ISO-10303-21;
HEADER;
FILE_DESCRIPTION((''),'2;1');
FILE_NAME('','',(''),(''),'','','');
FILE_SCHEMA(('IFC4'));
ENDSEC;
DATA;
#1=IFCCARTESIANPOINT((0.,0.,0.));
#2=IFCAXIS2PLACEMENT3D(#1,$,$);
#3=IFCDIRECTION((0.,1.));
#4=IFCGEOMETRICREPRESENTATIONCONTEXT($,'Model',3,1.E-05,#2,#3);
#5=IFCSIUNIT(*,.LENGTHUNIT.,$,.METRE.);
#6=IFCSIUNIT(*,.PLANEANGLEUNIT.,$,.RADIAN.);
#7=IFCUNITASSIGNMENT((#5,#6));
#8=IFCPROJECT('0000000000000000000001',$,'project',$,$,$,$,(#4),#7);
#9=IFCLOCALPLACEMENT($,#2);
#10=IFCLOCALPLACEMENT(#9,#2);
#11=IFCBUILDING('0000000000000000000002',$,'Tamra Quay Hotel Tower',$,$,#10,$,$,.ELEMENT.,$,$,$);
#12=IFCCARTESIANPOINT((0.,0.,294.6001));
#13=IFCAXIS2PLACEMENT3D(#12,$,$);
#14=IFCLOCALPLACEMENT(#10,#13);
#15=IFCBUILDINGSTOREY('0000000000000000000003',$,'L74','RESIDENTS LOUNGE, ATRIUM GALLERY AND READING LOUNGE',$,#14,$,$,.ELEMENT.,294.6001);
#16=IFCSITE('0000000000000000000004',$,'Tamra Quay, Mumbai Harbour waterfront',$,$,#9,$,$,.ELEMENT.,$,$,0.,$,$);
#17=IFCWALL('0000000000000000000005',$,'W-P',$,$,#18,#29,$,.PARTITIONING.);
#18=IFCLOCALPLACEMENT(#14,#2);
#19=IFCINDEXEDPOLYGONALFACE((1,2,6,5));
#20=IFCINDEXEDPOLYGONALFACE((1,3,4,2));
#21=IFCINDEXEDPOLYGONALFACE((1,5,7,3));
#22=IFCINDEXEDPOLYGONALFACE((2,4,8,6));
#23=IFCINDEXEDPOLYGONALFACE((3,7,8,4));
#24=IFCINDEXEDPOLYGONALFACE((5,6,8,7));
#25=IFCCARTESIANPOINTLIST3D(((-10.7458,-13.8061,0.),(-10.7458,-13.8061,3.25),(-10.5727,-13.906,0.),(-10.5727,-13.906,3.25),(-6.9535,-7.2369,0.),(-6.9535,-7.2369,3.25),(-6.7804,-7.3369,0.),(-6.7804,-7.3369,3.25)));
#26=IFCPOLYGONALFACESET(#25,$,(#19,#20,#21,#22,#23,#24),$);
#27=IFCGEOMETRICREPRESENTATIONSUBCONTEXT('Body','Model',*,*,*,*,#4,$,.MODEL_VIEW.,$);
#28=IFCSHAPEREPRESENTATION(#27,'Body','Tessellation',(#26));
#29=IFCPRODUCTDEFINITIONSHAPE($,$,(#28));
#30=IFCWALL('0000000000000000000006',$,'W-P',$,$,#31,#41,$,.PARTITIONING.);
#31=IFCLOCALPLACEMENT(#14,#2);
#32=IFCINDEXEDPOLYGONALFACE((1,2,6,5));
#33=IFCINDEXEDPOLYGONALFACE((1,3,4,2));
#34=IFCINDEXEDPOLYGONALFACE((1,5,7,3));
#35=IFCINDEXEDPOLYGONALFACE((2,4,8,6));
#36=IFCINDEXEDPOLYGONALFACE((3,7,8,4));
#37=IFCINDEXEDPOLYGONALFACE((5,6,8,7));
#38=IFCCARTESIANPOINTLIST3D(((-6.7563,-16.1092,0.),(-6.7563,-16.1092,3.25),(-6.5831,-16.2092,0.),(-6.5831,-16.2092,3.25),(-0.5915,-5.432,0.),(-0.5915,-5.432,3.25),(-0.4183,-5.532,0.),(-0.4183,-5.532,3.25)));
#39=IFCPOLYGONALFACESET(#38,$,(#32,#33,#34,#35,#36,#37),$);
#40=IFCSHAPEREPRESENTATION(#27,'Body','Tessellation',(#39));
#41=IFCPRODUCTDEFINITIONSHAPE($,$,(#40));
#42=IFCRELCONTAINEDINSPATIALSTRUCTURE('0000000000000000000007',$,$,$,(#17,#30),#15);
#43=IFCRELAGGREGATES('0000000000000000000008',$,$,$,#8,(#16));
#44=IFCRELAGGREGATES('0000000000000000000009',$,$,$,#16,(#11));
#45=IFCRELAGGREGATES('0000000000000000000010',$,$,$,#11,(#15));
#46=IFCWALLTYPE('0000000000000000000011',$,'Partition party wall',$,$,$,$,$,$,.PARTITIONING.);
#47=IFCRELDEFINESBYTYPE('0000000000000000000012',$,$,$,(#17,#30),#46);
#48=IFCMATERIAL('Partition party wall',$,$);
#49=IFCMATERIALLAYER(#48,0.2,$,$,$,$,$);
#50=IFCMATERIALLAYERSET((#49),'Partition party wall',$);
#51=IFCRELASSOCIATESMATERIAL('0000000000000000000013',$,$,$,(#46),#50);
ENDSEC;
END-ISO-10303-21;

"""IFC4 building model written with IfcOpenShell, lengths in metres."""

from ifc_helpers import new_model, si_unit, direction, frame, frame_2d, origin, place, context, subcontext, project, spatial, rectangle, extrude, material, layer, layer_set, type_object, element, save


model = new_model("IFC4")

# Units and contexts
model_context = context("Model", 3, precision=1e-05, world=origin(), true_north=direction((0.0, 1.0)))
body_context = subcontext(model_context, "Body", "Model", "MODEL_VIEW")
ifc_project = project(units=[si_unit("LENGTHUNIT", "METRE"), si_unit("PLANEANGLEUNIT", "RADIAN")], contexts=[model_context])

# Site, building, storey
site_placement = place(None, origin())
site = spatial("IfcSite", under=ifc_project, at=site_placement, Name="Tamra Quay, Mumbai Harbour waterfront", CompositionType="ELEMENT", RefElevation=0.0)
building_placement = place(site_placement, origin())
building = spatial("IfcBuilding", under=site, at=building_placement, Name="Tamra Quay Hotel Tower", CompositionType="ELEMENT")
storey_placement = place(building_placement, frame((0.0, 0.0, 294.6001)))
storey = spatial("IfcBuildingStorey", under=building, at=storey_placement, Name="L74", Description="RESIDENTS LOUNGE, ATRIUM GALLERY AND READING LOUNGE", CompositionType="ELEMENT", Elevation=294.6001)

# Walls
ifc_material_1 = material(Name="Partition party wall")
ifc_layer_1 = layer(ifc_material_1, 0.2)
ifc_layer_set_1 = layer_set([ifc_layer_1], Name="Partition party wall")
wall_type_1 = type_object("IfcWallType", Name="Partition party wall", PredefinedType="PARTITIONING", material=ifc_layer_set_1)
wall_1_placement = place(storey_placement, frame((-10.6592, -13.856, 0.0), z_axis=(0.0, 0.0, 1.0), x_axis=(0.499957, 0.86605, 0.0)))
element("IfcWall", 1, at=wall_1_placement, inside=storey, type_object=wall_type_1, Name="W-P", PredefinedType="PARTITIONING", context=body_context, shape_type="SweptSolid", body=[
    extrude(rectangle(XDim=7.5852, YDim=0.2, at=frame_2d((3.7925, 0.0))), origin(), (0.0, 0.0, 1.0), 3.25),
])
wall_2_placement = place(storey_placement, frame((-6.6697, -16.1592, 0.0), z_axis=(0.0, 0.0, 1.0), x_axis=(0.500017, 0.866015, 0.0)))
element("IfcWall", 2, at=wall_2_placement, inside=storey, type_object=wall_type_1, Name="W-P", PredefinedType="PARTITIONING", context=body_context, shape_type="SweptSolid", body=[
    extrude(rectangle(XDim=12.3291, YDim=0.2, at=frame_2d((6.1646, 0.0))), origin(), (0.0, 0.0, 1.0), 3.25),
])

save(model, "model.ifc")
